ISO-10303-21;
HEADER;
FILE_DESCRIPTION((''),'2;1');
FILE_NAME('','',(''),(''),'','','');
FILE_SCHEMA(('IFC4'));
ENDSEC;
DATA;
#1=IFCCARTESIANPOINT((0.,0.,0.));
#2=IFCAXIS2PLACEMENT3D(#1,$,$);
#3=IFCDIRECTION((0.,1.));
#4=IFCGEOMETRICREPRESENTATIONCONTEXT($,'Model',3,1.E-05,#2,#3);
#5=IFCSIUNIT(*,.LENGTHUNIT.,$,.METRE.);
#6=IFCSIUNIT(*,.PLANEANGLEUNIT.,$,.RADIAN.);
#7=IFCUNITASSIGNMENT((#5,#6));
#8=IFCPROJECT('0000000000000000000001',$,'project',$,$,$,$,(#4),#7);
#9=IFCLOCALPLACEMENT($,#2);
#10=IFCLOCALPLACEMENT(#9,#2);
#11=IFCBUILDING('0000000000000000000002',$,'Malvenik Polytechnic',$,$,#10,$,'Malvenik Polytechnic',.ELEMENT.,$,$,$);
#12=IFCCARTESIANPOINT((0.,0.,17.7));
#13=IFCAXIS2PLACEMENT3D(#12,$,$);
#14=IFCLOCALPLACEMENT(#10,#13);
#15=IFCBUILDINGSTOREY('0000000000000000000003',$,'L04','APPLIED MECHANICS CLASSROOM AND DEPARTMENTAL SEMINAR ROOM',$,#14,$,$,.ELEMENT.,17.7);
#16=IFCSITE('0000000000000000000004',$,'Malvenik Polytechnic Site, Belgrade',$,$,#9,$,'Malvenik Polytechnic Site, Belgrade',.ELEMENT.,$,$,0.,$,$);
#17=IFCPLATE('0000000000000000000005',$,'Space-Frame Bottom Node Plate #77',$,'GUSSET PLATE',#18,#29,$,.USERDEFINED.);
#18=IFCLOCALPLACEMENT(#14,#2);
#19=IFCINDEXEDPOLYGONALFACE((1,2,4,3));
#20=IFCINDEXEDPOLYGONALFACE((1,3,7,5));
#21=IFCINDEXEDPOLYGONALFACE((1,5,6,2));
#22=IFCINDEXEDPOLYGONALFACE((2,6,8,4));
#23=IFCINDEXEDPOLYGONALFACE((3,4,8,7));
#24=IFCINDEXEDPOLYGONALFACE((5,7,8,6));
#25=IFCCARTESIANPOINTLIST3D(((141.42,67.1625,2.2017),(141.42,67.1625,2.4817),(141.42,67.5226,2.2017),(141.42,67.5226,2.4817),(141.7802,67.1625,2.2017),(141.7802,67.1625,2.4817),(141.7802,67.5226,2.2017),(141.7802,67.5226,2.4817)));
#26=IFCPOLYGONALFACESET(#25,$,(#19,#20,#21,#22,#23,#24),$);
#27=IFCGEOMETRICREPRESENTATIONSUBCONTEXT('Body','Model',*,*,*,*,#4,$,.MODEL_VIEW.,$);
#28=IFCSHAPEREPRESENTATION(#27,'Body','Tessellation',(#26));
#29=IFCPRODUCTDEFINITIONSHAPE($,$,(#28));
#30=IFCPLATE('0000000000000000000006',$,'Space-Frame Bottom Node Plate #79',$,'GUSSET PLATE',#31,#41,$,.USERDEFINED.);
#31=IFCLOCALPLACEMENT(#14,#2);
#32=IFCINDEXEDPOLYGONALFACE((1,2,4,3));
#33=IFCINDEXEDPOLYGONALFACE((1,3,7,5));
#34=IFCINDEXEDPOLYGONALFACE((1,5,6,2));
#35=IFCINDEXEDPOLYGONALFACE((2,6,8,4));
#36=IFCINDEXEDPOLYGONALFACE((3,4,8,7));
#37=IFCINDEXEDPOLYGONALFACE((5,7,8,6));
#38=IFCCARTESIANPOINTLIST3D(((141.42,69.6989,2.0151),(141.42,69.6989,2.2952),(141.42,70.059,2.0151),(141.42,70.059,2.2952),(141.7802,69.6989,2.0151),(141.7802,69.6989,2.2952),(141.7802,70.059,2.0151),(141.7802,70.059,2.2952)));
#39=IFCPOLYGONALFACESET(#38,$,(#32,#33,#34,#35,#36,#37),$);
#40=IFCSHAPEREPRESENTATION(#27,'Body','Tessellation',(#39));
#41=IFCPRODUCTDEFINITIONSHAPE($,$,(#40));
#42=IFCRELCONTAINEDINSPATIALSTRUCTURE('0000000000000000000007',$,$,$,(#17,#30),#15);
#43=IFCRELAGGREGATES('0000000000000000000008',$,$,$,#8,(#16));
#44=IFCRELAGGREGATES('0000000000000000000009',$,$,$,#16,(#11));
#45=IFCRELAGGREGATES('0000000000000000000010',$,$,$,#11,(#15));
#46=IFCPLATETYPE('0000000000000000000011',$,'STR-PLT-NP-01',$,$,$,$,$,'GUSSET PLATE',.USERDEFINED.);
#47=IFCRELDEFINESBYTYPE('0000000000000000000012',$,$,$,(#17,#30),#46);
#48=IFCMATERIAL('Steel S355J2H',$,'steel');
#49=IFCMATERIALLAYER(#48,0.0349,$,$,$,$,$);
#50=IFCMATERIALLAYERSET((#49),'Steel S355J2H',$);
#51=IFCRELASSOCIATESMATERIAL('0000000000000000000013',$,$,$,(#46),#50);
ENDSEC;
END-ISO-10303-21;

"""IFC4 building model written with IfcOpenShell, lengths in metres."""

from ifc_helpers import new_model, si_unit, direction, frame, origin, origin_2d, place, context, subcontext, project, spatial, rectangle, extrude, material, layer, layer_set, type_object, element, save


model = new_model("IFC4")

# Units and contexts
model_context = context("Model", 3, precision=1e-05, world=origin(), true_north=direction((0.0, 1.0)))
body_context = subcontext(model_context, "Body", "Model", "MODEL_VIEW")
ifc_project = project(units=[si_unit("LENGTHUNIT", "METRE"), si_unit("PLANEANGLEUNIT", "RADIAN")], contexts=[model_context])

# Site, building, storey
site_placement = place(None, origin())
site = spatial("IfcSite", under=ifc_project, at=site_placement, Name="Malvenik Polytechnic Site, Belgrade", LongName="Malvenik Polytechnic Site, Belgrade", CompositionType="ELEMENT", RefElevation=0.0)
building_placement = place(site_placement, origin())
building = spatial("IfcBuilding", under=site, at=building_placement, Name="Malvenik Polytechnic", LongName="Malvenik Polytechnic", CompositionType="ELEMENT")
storey_placement = place(building_placement, frame((0.0, 0.0, 17.7)))
storey = spatial("IfcBuildingStorey", under=building, at=storey_placement, Name="L04", Description="APPLIED MECHANICS CLASSROOM AND DEPARTMENTAL SEMINAR ROOM", CompositionType="ELEMENT", Elevation=17.7)

# Shared definitions
ifc_material = material(Name="Steel S355J2H", Category="steel")

# Plates
ifc_layer = layer(ifc_material, 0.0349)
ifc_layer_set = layer_set([ifc_layer], Name="Steel S355J2H")
plate_type = type_object("IfcPlateType", Name="STR-PLT-NP-01", ElementType="GUSSET PLATE", PredefinedType="USERDEFINED", material=ifc_layer_set)
for number, where, z_axis, x_axis, name in (
    (1, (141.6001, 67.3425, 2.2017), (0.0, 0.0, 1.0), (1.0, 0.0, 0.0), "Space-Frame Bottom Node Plate #77"),
    (2, (141.6001, 69.8789, 2.0151), (0.0, 0.0, 1.0), (1.0, 0.0, 0.0), "Space-Frame Bottom Node Plate #79"),
):
    element("IfcPlate", number, at=place(storey_placement, frame(where, z_axis=z_axis, x_axis=x_axis)), inside=storey, type_object=plate_type, Name=name, ObjectType="GUSSET PLATE", PredefinedType="USERDEFINED", context=body_context, shape_type="SweptSolid", body=[
        extrude(rectangle(XDim=0.3601, YDim=0.3601, at=origin_2d()), origin(), (0.0, 0.0, 1.0), 0.28),
    ])

save(model, "model.ifc")
